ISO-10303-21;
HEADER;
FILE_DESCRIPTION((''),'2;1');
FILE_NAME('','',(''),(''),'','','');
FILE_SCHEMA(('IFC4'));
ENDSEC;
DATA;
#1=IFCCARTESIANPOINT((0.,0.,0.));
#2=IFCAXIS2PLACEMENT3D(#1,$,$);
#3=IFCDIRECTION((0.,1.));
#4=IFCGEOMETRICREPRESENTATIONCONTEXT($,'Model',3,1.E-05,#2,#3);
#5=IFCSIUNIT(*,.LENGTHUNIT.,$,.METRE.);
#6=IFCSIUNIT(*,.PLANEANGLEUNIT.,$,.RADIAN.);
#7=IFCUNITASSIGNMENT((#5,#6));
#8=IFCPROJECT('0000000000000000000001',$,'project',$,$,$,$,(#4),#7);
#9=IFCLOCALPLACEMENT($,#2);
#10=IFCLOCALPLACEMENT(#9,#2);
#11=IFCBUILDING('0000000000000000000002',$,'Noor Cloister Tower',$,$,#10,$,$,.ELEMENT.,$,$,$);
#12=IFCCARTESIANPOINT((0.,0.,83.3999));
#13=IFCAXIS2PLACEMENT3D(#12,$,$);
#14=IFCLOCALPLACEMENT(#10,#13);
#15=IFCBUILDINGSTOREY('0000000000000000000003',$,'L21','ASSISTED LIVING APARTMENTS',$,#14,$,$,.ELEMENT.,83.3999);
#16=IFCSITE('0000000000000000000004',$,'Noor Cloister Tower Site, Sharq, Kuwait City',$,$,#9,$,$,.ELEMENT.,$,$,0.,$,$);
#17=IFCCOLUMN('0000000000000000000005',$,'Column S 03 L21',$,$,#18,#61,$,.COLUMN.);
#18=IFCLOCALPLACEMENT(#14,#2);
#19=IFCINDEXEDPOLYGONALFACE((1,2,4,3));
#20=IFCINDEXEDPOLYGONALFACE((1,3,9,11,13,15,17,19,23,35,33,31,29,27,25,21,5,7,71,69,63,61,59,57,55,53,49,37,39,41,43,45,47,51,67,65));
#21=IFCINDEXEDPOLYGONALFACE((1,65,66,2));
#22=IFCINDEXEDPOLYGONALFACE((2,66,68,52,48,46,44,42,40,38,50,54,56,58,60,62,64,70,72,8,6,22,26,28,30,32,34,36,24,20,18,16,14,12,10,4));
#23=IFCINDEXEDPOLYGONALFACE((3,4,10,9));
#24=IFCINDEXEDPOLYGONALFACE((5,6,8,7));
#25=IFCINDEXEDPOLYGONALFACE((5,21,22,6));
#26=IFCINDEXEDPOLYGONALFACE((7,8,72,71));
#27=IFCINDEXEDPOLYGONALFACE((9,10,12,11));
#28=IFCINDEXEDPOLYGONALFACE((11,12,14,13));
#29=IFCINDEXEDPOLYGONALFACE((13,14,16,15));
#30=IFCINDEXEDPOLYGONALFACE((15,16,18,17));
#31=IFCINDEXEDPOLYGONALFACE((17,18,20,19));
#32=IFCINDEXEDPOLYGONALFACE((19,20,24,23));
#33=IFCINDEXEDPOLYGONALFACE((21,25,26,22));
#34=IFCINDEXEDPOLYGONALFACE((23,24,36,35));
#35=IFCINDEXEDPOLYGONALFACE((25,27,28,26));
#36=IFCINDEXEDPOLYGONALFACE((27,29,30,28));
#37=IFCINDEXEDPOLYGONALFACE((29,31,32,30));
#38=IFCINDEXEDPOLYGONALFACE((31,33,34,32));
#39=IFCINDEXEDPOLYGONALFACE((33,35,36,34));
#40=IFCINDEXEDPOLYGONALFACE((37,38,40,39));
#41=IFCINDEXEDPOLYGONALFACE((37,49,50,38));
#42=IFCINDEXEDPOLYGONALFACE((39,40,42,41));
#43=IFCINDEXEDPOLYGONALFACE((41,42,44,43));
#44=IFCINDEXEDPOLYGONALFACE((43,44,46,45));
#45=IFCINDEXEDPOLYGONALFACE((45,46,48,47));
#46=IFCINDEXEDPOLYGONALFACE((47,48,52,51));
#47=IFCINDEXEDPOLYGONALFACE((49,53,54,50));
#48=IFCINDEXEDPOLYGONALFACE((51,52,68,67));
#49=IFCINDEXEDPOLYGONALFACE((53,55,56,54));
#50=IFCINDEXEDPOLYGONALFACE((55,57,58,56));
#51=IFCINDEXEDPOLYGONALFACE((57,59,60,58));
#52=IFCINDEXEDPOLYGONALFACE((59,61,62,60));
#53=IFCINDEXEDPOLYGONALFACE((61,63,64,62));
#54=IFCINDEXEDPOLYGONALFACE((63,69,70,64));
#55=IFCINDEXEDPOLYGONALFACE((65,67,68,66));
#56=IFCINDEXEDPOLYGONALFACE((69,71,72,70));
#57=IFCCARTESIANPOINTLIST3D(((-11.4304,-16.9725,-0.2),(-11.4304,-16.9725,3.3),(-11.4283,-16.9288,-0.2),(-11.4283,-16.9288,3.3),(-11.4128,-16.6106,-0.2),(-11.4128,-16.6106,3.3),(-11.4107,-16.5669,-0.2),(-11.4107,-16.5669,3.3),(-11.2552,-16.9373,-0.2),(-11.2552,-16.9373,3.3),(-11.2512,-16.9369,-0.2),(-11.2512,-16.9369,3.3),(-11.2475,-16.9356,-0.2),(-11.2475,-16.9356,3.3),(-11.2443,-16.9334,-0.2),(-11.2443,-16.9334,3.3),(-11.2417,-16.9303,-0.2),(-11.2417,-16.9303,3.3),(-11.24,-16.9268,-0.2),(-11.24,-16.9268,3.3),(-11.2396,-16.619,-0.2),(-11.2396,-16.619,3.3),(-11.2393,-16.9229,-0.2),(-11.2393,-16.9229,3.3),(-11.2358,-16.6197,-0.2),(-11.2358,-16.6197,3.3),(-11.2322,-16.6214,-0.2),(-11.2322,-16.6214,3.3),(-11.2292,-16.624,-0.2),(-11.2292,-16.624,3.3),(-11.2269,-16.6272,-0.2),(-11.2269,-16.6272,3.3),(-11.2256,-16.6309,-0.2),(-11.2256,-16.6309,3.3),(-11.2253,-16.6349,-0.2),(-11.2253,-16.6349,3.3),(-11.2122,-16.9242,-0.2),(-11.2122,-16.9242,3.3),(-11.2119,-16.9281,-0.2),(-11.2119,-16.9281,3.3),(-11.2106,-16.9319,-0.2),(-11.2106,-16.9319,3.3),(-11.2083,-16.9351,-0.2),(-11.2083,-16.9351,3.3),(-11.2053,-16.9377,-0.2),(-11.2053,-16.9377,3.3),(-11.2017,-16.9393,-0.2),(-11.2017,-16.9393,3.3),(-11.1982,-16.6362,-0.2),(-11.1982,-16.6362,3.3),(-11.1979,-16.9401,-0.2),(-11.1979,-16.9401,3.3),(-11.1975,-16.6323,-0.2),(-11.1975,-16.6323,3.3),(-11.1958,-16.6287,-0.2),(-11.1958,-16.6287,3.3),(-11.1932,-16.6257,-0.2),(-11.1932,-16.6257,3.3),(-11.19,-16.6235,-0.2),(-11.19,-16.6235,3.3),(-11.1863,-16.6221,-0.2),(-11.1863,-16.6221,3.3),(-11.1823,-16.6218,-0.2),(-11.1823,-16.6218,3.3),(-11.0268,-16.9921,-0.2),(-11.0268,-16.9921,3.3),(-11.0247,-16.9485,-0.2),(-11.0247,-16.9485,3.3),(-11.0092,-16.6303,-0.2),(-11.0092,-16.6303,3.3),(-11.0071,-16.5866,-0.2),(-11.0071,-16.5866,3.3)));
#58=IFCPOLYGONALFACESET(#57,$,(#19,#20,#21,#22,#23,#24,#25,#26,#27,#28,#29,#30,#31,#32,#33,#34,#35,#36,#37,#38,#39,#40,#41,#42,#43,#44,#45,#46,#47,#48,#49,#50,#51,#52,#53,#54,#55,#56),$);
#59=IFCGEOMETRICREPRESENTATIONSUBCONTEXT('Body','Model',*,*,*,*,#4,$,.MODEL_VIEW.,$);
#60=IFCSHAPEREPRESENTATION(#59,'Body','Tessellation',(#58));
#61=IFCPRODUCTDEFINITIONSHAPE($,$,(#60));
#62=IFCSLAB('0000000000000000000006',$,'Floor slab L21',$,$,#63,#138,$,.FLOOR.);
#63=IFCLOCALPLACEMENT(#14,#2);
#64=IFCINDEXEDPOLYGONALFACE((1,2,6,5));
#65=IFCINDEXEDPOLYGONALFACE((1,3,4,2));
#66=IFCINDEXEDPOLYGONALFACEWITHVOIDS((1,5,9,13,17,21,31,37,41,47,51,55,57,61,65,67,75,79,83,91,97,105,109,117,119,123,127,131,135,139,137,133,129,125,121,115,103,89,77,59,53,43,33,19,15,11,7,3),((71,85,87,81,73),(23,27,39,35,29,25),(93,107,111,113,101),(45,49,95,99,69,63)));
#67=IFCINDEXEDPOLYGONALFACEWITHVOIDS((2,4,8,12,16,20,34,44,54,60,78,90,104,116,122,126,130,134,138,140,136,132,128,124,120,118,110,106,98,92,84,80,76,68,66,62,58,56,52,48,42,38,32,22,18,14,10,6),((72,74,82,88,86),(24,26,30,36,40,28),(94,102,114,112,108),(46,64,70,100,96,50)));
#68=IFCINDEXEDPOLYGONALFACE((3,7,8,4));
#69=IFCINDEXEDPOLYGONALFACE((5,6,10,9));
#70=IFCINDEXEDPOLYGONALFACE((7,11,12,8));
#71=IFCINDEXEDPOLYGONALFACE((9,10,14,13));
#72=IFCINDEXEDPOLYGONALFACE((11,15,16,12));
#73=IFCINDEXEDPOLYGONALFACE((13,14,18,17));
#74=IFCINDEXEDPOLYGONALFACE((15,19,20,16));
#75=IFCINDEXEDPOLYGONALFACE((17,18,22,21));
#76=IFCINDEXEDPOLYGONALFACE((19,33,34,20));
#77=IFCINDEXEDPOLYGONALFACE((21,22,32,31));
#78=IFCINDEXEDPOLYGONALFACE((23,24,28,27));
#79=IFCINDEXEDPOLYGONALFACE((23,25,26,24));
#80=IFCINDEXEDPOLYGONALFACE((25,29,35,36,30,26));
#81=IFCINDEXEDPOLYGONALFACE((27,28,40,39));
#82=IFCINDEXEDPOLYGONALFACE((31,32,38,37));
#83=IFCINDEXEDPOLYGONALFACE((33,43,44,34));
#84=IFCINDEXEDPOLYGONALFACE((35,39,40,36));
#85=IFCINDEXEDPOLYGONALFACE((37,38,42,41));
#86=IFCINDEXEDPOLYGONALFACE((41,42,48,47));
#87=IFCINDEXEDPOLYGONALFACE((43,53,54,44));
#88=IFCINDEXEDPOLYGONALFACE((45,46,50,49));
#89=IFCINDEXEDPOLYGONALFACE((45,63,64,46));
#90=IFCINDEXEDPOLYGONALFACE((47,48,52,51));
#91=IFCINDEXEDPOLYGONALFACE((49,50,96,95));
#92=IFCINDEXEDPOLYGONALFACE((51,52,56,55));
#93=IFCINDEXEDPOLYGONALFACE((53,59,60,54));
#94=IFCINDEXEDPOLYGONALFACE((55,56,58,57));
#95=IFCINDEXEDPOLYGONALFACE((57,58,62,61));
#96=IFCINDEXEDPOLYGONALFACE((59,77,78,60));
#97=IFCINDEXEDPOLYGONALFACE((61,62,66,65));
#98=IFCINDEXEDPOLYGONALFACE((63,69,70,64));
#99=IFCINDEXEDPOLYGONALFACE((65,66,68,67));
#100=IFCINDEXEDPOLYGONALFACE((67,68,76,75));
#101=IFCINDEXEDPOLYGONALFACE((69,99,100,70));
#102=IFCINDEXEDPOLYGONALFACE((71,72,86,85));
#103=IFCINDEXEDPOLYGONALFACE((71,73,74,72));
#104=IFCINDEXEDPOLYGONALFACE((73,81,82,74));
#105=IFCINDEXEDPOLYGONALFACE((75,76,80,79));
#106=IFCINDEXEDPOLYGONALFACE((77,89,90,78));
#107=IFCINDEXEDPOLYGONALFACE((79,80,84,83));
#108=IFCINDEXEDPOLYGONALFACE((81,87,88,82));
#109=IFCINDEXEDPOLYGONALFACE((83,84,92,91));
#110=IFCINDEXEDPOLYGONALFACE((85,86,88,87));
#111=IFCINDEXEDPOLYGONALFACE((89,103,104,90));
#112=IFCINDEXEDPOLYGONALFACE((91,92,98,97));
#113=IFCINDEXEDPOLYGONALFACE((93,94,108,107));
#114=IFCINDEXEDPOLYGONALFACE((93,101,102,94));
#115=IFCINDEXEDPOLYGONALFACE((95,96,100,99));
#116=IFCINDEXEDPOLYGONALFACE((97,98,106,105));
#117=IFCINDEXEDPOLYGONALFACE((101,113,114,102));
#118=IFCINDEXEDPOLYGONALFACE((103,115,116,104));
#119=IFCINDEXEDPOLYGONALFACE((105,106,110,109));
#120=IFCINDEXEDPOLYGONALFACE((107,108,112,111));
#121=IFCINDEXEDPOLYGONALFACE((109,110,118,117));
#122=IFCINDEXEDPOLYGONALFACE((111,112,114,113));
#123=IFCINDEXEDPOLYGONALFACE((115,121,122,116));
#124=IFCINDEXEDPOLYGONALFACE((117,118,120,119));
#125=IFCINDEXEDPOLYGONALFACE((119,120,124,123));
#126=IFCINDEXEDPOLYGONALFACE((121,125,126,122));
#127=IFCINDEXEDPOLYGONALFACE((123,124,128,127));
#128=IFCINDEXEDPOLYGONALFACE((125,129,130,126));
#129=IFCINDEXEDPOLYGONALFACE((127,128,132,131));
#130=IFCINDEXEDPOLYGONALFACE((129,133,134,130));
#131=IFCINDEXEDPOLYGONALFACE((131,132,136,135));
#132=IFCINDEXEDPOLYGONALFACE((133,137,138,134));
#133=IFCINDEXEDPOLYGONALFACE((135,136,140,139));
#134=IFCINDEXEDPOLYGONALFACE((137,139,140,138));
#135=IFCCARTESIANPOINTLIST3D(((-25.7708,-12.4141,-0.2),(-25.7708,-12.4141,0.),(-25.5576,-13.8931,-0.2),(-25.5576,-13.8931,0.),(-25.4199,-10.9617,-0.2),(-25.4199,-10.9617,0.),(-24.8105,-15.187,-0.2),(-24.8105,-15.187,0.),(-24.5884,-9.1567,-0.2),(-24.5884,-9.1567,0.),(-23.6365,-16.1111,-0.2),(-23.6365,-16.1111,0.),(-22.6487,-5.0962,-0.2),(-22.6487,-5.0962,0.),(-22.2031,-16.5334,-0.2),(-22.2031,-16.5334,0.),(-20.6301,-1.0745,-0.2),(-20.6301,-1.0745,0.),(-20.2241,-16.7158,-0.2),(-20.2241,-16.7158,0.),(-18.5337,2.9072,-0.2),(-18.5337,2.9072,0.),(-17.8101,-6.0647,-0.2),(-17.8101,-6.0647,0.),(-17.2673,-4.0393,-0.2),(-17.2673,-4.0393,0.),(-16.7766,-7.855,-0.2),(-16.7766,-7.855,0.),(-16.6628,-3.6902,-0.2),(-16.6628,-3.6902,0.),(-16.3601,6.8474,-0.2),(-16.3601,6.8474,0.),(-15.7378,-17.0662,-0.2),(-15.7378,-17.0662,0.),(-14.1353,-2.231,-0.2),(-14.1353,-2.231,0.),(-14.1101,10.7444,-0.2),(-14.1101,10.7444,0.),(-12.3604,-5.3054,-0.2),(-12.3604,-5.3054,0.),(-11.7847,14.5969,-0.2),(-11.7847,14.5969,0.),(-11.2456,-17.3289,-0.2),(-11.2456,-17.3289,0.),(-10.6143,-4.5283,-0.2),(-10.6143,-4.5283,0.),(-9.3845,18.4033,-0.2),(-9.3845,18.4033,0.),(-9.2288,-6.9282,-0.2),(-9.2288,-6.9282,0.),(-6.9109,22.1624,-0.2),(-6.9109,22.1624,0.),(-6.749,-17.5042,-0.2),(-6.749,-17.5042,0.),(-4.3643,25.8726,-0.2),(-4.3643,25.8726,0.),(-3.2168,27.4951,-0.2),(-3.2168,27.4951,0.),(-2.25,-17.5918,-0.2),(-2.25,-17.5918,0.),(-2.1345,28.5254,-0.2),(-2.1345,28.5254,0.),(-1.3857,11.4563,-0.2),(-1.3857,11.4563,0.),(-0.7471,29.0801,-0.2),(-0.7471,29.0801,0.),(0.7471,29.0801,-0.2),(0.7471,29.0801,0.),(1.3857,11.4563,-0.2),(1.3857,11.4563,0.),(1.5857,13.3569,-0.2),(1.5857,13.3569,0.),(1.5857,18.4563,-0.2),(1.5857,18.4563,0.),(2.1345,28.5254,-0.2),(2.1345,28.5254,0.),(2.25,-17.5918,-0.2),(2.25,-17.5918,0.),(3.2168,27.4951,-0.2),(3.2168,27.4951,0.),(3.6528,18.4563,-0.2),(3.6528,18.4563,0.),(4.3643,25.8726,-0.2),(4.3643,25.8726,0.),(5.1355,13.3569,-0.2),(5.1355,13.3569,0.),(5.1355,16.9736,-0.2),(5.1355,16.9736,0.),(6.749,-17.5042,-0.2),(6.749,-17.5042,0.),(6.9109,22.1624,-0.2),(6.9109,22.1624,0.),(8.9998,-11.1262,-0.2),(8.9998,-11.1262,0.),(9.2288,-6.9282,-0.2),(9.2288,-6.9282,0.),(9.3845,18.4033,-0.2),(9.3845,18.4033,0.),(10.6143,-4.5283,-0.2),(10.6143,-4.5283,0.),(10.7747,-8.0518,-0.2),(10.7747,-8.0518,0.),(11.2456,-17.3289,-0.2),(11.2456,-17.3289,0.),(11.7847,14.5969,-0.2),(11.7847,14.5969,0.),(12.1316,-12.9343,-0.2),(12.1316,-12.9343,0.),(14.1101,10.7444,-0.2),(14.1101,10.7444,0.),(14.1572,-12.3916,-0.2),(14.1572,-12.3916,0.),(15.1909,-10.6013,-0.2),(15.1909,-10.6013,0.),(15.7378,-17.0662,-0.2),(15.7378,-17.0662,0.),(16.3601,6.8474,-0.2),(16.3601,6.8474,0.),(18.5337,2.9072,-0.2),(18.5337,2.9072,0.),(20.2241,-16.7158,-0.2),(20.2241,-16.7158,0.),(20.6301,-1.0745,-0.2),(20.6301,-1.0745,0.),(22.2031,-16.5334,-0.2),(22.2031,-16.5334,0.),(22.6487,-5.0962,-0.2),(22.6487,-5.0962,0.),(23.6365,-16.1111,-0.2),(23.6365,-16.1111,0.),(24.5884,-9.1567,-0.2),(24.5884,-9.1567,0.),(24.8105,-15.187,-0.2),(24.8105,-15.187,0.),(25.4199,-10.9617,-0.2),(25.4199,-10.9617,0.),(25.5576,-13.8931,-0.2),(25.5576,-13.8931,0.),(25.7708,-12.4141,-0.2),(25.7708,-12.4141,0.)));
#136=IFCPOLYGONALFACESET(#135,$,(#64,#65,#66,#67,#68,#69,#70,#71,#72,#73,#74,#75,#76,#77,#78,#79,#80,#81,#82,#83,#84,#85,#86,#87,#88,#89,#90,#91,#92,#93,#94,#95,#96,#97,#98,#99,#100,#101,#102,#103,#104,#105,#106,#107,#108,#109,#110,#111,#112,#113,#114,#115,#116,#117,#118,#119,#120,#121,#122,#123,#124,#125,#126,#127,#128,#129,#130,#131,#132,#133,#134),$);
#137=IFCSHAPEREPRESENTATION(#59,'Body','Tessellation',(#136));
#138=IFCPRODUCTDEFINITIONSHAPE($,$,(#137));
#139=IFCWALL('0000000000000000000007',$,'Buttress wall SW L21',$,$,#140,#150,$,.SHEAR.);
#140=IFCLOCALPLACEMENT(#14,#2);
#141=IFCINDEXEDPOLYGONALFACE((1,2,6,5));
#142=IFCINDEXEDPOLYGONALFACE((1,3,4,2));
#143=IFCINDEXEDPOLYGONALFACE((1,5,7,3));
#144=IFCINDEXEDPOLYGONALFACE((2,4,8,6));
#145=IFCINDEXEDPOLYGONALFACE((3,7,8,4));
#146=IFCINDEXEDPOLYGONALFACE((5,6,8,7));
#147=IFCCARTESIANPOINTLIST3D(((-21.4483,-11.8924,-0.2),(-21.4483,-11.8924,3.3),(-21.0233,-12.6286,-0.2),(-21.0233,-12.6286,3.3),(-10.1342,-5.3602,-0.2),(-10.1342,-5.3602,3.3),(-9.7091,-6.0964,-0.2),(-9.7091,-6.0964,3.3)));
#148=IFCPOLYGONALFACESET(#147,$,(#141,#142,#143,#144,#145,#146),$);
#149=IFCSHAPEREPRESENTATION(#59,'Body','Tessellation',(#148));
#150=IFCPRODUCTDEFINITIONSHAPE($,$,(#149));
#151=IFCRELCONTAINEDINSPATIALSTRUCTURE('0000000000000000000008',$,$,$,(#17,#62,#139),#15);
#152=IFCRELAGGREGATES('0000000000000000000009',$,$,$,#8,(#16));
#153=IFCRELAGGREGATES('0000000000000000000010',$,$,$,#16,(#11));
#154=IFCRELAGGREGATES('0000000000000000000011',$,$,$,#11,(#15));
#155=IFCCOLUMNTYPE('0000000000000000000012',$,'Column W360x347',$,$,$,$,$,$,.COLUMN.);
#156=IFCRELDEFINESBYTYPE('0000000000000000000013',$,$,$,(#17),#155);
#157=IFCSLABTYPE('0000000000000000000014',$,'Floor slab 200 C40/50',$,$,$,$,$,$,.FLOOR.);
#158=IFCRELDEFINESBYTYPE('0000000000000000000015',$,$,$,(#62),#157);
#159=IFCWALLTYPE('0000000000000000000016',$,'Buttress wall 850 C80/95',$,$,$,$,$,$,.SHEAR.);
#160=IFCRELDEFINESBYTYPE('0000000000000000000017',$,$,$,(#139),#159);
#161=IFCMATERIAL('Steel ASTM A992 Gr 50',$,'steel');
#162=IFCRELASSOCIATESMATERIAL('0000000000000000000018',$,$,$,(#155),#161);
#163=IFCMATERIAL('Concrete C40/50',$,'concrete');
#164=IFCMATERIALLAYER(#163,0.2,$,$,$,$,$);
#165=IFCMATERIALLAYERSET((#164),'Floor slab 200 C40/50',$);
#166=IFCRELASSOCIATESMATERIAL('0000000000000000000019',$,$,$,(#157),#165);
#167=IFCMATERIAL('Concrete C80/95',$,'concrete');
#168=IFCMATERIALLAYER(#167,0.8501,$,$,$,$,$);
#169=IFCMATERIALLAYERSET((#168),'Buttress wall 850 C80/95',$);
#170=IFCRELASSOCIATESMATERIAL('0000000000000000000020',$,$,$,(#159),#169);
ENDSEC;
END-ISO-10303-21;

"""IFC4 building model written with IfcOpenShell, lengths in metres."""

from ifc_helpers import new_model, si_unit, direction, frame, frame_2d, origin, origin_2d, place, context, subcontext, project, spatial, polyline, rectangle, i_section, outline, extrude, material, layer, layer_set, material_profile, profile_set, type_object, element, save


model = new_model("IFC4")

# Units and contexts
model_context = context("Model", 3, precision=1e-05, world=origin(), true_north=direction((0.0, 1.0)))
body_context = subcontext(model_context, "Body", "Model", "MODEL_VIEW")
ifc_project = project(units=[si_unit("LENGTHUNIT", "METRE"), si_unit("PLANEANGLEUNIT", "RADIAN")], contexts=[model_context])

# Site, building, storey
site_placement = place(None, origin())
site = spatial("IfcSite", under=ifc_project, at=site_placement, Name="Noor Cloister Tower Site, Sharq, Kuwait City", CompositionType="ELEMENT", RefElevation=0.0)
building_placement = place(site_placement, origin())
building = spatial("IfcBuilding", under=site, at=building_placement, Name="Noor Cloister Tower", CompositionType="ELEMENT")
storey_placement = place(building_placement, frame((0.0, 0.0, 83.3999)))
storey = spatial("IfcBuildingStorey", under=building, at=storey_placement, Name="L21", Description="ASSISTED LIVING APARTMENTS", CompositionType="ELEMENT", Elevation=83.3999)

# Column
ifc_material_1 = material(Name="Steel ASTM A992 Gr 50", Category="steel")
ifc_material_profile = material_profile(ifc_material_1, i_section(OverallWidth=0.4041, OverallDepth=0.406, WebThickness=0.0271, FlangeThickness=0.0437, FilletRadius=0.0151, at=origin_2d()), Name="W360x347")
ifc_profile_set = profile_set([ifc_material_profile], Name="Steel ASTM A992 Gr 50")
column_type = type_object("IfcColumnType", Name="Column W360x347", PredefinedType="COLUMN", material=ifc_profile_set)
column_placement = place(storey_placement, frame((-11.2188, -16.7795, -0.2), z_axis=(0.0, 0.0, 1.0), x_axis=(0.998814, -0.048681, 0.0)))
element("IfcColumn", 1, at=column_placement, inside=storey, type_object=column_type, Name="Column S 03 L21", PredefinedType="COLUMN", context=body_context, shape_type="SweptSolid", body=[
    extrude(i_section(OverallWidth=0.4041, OverallDepth=0.406, WebThickness=0.0271, FlangeThickness=0.0437, FilletRadius=0.0151, at=origin_2d()), origin(), (0.0, 0.0, 1.0), 3.5),
])

# Slab
ifc_material_2 = material(Name="Concrete C40/50", Category="concrete")
ifc_layer_1 = layer(ifc_material_2, 0.2)
ifc_layer_set_1 = layer_set([ifc_layer_1], Name="Floor slab 200 C40/50")
slab_type = type_object("IfcSlabType", Name="Floor slab 200 C40/50", PredefinedType="FLOOR", material=ifc_layer_set_1)
slab_placement = place(storey_placement, frame((0.0, 0.0, -0.2)))
element("IfcSlab", 2, at=slab_placement, inside=storey, type_object=slab_type, Name="Floor slab L21", PredefinedType="FLOOR", context=body_context, shape_type="SweptSolid", body=[
    extrude(outline(polyline([(3.2168, 27.4951), (2.1345, 28.5254), (0.7471, 29.0801), (-0.7471, 29.0801), (-2.1345, 28.5254), (-3.2168, 27.4951), (-4.3643, 25.8726), (-6.9109, 22.1624), (-9.3845, 18.4033), (-11.7847, 14.5969), (-14.1101, 10.7444), (-16.3601, 6.8474), (-18.5337, 2.9072), (-20.6301, -1.0745), (-22.6487, -5.0962), (-24.5884, -9.1567), (-25.4199, -10.9617), (-25.7708, -12.4141), (-25.5576, -13.8931), (-24.8105, -15.187), (-23.6365, -16.1111), (-22.2031, -16.5334), (-20.2241, -16.7158), (-15.7378, -17.0662), (-11.2456, -17.3289), (-6.749, -17.5042), (-2.25, -17.5918), (2.25, -17.5918), (6.749, -17.5042), (11.2456, -17.3289), (15.7378, -17.0662), (20.2241, -16.7158), (22.2031, -16.5334), (23.6365, -16.1111), (24.8105, -15.187), (25.5576, -13.8931), (25.7708, -12.4141), (25.4199, -10.9617), (24.5884, -9.1567), (22.6487, -5.0962), (20.6301, -1.0745), (18.5337, 2.9072), (16.3601, 6.8474), (14.1101, 10.7444), (11.7847, 14.5969), (9.3845, 18.4033), (6.9109, 22.1624), (4.3643, 25.8726), (3.2168, 27.4951)]), holes=[polyline([(8.9998, -11.1262), (12.1316, -12.9343), (14.1572, -12.3916), (15.1909, -10.6013), (10.7747, -8.0518), (8.9998, -11.1262)]), polyline([(-17.8101, -6.0647), (-16.7766, -7.855), (-12.3604, -5.3054), (-14.1353, -2.231), (-16.6628, -3.6902), (-17.2673, -4.0393), (-17.8101, -6.0647)]), polyline([(-10.6143, -4.5283), (-9.2288, -6.9282), (9.2288, -6.9282), (10.6143, -4.5283), (1.3857, 11.4563), (-1.3857, 11.4563), (-10.6143, -4.5283)]), polyline([(3.6528, 18.4563), (1.5857, 18.4563), (1.5857, 13.3569), (5.1355, 13.3569), (5.1355, 16.9736), (3.6528, 18.4563)])]), origin(), (0.0, 0.0, 1.0), 0.2),
])

# Wall
ifc_material_3 = material(Name="Concrete C80/95", Category="concrete")
ifc_layer_2 = layer(ifc_material_3, 0.8501)
ifc_layer_set_2 = layer_set([ifc_layer_2], Name="Buttress wall 850 C80/95")
wall_type_1 = type_object("IfcWallType", Name="Buttress wall 850 C80/95", PredefinedType="SHEAR", material=ifc_layer_set_2)
wall_1_placement = place(storey_placement, frame((-9.9216, -5.7283, -0.2), z_axis=(0.0, 0.0, 1.0), x_axis=(-0.866027, -0.499998, 0.0)))
element("IfcWall", 3, at=wall_1_placement, inside=storey, type_object=wall_type_1, Name="Buttress wall SW L21", PredefinedType="SHEAR", context=body_context, shape_type="SweptSolid", body=[
    extrude(rectangle(XDim=13.0645, YDim=0.8501, at=frame_2d((6.5322, 0.0))), origin(), (0.0, 0.0, 1.0), 3.5),
])

save(model, "model.ifc")
